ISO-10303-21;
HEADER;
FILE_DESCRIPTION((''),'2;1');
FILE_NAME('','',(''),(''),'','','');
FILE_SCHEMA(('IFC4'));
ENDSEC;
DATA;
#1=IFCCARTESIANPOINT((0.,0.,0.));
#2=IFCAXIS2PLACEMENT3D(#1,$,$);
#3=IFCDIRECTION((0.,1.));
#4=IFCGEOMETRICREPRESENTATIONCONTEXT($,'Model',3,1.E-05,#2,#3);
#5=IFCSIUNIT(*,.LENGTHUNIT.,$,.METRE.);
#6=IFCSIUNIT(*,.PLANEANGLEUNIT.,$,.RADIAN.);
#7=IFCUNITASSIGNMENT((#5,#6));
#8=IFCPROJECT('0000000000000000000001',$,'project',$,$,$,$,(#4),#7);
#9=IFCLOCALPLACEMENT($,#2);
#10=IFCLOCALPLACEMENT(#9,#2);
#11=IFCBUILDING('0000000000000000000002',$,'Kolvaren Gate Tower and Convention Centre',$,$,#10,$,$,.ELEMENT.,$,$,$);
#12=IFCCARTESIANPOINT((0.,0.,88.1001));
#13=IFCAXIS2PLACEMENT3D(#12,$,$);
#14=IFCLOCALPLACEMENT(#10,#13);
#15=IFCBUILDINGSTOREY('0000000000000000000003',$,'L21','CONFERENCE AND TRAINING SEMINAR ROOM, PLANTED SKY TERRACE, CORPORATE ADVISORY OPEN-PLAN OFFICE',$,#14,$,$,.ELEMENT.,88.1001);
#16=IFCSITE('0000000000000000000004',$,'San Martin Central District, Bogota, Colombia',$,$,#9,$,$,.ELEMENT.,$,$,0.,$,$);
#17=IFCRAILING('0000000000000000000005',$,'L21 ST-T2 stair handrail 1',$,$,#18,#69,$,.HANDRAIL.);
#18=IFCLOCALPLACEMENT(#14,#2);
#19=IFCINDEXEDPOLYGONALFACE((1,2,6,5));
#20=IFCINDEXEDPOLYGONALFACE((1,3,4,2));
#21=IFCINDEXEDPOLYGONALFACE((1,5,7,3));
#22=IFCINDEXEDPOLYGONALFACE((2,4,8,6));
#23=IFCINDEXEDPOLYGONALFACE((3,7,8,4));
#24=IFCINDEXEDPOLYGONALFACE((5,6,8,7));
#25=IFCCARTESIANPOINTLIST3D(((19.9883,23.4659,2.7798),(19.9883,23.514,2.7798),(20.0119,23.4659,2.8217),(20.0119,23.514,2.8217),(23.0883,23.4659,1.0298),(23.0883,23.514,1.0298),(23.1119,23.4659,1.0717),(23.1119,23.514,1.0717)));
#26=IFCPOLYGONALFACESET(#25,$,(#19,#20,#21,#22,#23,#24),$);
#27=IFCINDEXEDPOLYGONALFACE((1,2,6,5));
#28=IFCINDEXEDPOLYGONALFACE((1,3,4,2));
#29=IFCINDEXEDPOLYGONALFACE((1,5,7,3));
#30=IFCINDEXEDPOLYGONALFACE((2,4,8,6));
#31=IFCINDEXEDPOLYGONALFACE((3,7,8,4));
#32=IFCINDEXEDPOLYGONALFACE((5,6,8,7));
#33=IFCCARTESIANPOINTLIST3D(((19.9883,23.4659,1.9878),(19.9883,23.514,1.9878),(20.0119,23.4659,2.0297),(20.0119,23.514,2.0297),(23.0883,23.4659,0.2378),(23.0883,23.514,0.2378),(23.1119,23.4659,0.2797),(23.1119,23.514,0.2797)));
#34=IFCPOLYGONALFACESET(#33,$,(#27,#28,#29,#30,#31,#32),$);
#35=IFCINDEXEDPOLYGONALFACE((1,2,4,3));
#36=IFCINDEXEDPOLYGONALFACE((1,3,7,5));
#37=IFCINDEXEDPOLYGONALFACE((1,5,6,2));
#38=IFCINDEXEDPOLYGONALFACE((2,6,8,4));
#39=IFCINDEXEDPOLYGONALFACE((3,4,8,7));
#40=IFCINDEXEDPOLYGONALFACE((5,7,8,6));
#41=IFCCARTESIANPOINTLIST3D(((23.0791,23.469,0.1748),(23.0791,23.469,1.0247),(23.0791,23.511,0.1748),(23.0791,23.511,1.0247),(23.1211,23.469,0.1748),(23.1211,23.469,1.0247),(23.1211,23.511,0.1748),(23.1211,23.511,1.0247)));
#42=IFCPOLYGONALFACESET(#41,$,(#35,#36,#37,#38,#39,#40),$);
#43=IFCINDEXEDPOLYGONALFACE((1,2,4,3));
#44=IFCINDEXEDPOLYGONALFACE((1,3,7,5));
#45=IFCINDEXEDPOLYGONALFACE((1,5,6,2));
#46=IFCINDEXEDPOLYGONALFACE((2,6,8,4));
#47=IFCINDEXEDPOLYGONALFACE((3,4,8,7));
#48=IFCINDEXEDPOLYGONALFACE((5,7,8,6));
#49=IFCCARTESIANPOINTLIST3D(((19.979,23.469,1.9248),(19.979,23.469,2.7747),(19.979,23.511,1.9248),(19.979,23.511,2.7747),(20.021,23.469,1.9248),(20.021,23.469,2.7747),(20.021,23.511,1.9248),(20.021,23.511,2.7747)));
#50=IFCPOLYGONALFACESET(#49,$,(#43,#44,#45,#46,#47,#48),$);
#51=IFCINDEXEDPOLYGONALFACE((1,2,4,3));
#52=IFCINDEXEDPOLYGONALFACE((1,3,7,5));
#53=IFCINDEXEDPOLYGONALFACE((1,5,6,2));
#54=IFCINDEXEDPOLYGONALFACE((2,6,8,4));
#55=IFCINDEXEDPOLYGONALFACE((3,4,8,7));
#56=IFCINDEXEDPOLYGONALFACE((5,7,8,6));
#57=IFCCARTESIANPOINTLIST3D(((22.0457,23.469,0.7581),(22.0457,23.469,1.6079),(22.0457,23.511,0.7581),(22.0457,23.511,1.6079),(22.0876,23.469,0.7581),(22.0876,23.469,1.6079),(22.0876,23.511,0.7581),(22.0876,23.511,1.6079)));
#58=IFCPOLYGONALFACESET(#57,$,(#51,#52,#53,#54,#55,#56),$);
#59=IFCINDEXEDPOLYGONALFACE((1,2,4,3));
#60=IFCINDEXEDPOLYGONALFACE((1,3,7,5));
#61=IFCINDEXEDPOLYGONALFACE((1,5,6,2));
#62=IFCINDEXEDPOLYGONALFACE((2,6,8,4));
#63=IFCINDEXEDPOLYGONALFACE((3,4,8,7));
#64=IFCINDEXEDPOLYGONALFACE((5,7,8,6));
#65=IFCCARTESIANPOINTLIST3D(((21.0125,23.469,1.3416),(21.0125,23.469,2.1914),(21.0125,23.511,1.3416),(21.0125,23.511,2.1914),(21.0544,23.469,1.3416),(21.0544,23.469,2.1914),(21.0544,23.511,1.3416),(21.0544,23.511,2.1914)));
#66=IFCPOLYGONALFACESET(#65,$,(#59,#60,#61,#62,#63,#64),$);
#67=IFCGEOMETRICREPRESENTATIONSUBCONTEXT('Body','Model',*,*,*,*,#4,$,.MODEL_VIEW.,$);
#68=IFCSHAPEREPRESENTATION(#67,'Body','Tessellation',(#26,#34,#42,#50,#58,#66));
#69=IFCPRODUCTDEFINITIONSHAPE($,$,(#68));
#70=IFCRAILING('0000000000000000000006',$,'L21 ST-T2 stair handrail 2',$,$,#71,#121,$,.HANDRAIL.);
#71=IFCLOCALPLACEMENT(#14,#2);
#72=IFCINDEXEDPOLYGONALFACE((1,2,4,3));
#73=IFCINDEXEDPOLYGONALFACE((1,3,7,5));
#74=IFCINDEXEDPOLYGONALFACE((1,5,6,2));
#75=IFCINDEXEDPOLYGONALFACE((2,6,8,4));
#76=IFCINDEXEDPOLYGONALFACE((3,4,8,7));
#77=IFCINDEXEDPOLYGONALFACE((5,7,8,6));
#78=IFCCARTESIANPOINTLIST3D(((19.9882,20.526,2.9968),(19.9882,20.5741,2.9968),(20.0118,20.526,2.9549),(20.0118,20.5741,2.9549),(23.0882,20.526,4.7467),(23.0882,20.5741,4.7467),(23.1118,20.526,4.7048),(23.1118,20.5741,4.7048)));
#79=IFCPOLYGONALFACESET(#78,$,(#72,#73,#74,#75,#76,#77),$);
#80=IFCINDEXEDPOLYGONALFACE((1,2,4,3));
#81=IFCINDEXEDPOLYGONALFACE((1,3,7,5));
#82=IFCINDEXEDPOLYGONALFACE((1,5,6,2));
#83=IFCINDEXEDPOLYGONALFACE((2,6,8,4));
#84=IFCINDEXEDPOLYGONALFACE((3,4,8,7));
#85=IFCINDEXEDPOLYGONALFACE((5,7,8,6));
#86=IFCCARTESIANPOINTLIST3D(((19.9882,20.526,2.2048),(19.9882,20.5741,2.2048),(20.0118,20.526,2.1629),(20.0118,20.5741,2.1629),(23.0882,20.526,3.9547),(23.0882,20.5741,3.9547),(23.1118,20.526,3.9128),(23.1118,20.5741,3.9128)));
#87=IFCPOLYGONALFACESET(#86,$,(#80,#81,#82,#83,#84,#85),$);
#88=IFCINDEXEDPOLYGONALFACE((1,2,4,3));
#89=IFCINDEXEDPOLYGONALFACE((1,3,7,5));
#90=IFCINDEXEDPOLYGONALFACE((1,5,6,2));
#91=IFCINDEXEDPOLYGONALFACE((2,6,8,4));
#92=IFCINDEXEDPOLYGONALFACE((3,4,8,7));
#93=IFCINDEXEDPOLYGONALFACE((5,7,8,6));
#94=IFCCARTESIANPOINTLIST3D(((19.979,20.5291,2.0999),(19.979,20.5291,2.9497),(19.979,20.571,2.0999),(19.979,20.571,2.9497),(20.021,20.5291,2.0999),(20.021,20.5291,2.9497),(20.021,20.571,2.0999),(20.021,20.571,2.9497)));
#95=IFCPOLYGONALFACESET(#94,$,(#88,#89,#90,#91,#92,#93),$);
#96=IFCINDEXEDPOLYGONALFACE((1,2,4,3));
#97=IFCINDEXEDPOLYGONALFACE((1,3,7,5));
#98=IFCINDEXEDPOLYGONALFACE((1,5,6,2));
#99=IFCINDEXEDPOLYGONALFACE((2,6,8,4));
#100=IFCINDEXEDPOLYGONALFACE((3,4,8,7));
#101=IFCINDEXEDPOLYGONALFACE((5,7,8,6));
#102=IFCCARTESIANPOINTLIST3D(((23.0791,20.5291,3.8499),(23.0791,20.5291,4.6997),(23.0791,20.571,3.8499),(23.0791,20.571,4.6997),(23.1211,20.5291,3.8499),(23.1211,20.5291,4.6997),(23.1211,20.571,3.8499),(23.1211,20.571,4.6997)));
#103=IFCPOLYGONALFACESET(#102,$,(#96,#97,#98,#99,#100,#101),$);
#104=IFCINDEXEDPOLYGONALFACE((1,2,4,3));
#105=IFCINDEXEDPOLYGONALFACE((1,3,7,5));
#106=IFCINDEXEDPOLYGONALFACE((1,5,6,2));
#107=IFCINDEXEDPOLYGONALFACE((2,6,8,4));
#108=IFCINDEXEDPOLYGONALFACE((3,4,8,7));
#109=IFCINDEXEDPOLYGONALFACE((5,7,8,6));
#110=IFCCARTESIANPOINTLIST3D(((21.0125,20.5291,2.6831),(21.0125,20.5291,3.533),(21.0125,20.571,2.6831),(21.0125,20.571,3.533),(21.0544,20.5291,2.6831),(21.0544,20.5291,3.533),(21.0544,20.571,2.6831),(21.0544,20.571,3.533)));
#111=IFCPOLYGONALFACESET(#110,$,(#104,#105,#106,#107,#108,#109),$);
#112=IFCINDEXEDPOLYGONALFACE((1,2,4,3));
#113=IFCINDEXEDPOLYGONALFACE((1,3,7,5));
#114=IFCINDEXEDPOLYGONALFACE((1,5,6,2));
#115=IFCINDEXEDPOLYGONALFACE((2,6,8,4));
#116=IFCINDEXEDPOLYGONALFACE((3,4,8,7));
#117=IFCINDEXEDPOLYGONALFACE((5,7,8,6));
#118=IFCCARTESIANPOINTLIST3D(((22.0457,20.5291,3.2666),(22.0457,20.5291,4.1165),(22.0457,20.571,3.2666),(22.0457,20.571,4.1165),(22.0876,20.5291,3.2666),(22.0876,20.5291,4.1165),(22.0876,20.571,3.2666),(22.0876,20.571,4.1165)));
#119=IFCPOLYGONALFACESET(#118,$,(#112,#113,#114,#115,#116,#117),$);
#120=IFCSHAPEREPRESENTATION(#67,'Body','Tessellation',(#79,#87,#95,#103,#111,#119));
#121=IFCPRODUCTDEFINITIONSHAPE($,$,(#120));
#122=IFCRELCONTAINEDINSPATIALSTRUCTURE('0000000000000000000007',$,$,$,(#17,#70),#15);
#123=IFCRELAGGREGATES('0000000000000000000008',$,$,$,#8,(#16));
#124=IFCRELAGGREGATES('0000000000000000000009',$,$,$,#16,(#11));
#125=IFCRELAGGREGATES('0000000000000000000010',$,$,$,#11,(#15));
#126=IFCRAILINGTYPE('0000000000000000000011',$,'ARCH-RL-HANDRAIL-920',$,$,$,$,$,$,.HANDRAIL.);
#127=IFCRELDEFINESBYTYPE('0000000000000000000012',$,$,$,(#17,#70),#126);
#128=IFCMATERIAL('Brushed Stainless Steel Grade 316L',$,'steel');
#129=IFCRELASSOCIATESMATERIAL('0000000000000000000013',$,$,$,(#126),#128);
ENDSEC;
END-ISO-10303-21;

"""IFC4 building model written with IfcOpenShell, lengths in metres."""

from ifc_helpers import new_model, si_unit, direction, frame, origin, origin_2d, place, context, subcontext, project, spatial, rectangle, extrude, material, type_object, element, save


model = new_model("IFC4")

# Units and contexts
model_context = context("Model", 3, precision=1e-05, world=origin(), true_north=direction((0.0, 1.0)))
body_context = subcontext(model_context, "Body", "Model", "MODEL_VIEW")
ifc_project = project(units=[si_unit("LENGTHUNIT", "METRE"), si_unit("PLANEANGLEUNIT", "RADIAN")], contexts=[model_context])

# Site, building, storey
site_placement = place(None, origin())
site = spatial("IfcSite", under=ifc_project, at=site_placement, Name="San Martin Central District, Bogota, Colombia", CompositionType="ELEMENT", RefElevation=0.0)
building_placement = place(site_placement, origin())
building = spatial("IfcBuilding", under=site, at=building_placement, Name="Kolvaren Gate Tower and Convention Centre", CompositionType="ELEMENT")
storey_placement = place(building_placement, frame((0.0, 0.0, 88.1001)))
storey = spatial("IfcBuildingStorey", under=building, at=storey_placement, Name="L21", Description="CONFERENCE AND TRAINING SEMINAR ROOM, PLANTED SKY TERRACE, CORPORATE ADVISORY OPEN-PLAN OFFICE", CompositionType="ELEMENT", Elevation=88.1001)

# Shared definitions
ifc_material_1 = material(Name="Brushed Stainless Steel Grade 316L", Category="steel")

# Railings
railing_type_1 = type_object("IfcRailingType", Name="ARCH-RL-HANDRAIL-920", PredefinedType="HANDRAIL", material=ifc_material_1)
railing_1_placement = place(storey_placement, frame((23.1001, 23.49, 0.1748)))
element("IfcRailing", 1, at=railing_1_placement, inside=storey, type_object=railing_type_1, Name="L21 ST-T2 stair handrail 1", PredefinedType="HANDRAIL", context=body_context, shape_type="SweptSolid", body=[
    extrude(rectangle(XDim=0.0481, YDim=0.0481, at=origin_2d()), frame((0.0, 0.0, 0.876), z_axis=(-0.870831, 0.0, 0.491583), x_axis=(0.0, -1.0, 0.0)), (0.0, 0.0, 1.0), 3.5598),
    extrude(rectangle(XDim=0.0481, YDim=0.0481, at=origin_2d()), frame((0.0, 0.0, 0.084), z_axis=(-0.870831, 0.0, 0.491583), x_axis=(0.0, -1.0, 0.0)), (0.0, 0.0, 1.0), 3.5598),
    extrude(rectangle(XDim=0.042, YDim=0.042, at=origin_2d()), origin(), (0.0, 0.0, 1.0), 0.8499),
    extrude(rectangle(XDim=0.042, YDim=0.042, at=origin_2d()), frame((-3.1001, 0.0, 1.75)), (0.0, 0.0, 1.0), 0.8499),
    extrude(rectangle(XDim=0.042, YDim=0.042, at=origin_2d()), frame((-1.0334, 0.0, 0.5833)), (0.0, 0.0, 1.0), 0.8499),
    extrude(rectangle(XDim=0.042, YDim=0.042, at=origin_2d()), frame((-2.0667, 0.0, 1.1667)), (0.0, 0.0, 1.0), 0.8499),
])
railing_2_placement = place(storey_placement, frame((20.0, 20.55, 2.0999)))
element("IfcRailing", 2, at=railing_2_placement, inside=storey, type_object=railing_type_1, Name="L21 ST-T2 stair handrail 2", PredefinedType="HANDRAIL", context=body_context, shape_type="SweptSolid", body=[
    extrude(rectangle(XDim=0.0481, YDim=0.0481, at=origin_2d()), frame((0.0, 0.0, 0.876), z_axis=(0.870831, 0.0, 0.491583), x_axis=(0.0, 1.0, 0.0)), (0.0, 0.0, 1.0), 3.5598),
    extrude(rectangle(XDim=0.0481, YDim=0.0481, at=origin_2d()), frame((0.0, 0.0, 0.084), z_axis=(0.870831, 0.0, 0.491583), x_axis=(0.0, 1.0, 0.0)), (0.0, 0.0, 1.0), 3.5598),
    extrude(rectangle(XDim=0.042, YDim=0.042, at=origin_2d()), origin(), (0.0, 0.0, 1.0), 0.8499),
    extrude(rectangle(XDim=0.042, YDim=0.042, at=origin_2d()), frame((3.1001, 0.0, 1.75)), (0.0, 0.0, 1.0), 0.8499),
    extrude(rectangle(XDim=0.042, YDim=0.042, at=origin_2d()), frame((1.0334, 0.0, 0.5833)), (0.0, 0.0, 1.0), 0.8499),
    extrude(rectangle(XDim=0.042, YDim=0.042, at=origin_2d()), frame((2.0667, 0.0, 1.1667)), (0.0, 0.0, 1.0), 0.8499),
])

save(model, "model.ifc")
